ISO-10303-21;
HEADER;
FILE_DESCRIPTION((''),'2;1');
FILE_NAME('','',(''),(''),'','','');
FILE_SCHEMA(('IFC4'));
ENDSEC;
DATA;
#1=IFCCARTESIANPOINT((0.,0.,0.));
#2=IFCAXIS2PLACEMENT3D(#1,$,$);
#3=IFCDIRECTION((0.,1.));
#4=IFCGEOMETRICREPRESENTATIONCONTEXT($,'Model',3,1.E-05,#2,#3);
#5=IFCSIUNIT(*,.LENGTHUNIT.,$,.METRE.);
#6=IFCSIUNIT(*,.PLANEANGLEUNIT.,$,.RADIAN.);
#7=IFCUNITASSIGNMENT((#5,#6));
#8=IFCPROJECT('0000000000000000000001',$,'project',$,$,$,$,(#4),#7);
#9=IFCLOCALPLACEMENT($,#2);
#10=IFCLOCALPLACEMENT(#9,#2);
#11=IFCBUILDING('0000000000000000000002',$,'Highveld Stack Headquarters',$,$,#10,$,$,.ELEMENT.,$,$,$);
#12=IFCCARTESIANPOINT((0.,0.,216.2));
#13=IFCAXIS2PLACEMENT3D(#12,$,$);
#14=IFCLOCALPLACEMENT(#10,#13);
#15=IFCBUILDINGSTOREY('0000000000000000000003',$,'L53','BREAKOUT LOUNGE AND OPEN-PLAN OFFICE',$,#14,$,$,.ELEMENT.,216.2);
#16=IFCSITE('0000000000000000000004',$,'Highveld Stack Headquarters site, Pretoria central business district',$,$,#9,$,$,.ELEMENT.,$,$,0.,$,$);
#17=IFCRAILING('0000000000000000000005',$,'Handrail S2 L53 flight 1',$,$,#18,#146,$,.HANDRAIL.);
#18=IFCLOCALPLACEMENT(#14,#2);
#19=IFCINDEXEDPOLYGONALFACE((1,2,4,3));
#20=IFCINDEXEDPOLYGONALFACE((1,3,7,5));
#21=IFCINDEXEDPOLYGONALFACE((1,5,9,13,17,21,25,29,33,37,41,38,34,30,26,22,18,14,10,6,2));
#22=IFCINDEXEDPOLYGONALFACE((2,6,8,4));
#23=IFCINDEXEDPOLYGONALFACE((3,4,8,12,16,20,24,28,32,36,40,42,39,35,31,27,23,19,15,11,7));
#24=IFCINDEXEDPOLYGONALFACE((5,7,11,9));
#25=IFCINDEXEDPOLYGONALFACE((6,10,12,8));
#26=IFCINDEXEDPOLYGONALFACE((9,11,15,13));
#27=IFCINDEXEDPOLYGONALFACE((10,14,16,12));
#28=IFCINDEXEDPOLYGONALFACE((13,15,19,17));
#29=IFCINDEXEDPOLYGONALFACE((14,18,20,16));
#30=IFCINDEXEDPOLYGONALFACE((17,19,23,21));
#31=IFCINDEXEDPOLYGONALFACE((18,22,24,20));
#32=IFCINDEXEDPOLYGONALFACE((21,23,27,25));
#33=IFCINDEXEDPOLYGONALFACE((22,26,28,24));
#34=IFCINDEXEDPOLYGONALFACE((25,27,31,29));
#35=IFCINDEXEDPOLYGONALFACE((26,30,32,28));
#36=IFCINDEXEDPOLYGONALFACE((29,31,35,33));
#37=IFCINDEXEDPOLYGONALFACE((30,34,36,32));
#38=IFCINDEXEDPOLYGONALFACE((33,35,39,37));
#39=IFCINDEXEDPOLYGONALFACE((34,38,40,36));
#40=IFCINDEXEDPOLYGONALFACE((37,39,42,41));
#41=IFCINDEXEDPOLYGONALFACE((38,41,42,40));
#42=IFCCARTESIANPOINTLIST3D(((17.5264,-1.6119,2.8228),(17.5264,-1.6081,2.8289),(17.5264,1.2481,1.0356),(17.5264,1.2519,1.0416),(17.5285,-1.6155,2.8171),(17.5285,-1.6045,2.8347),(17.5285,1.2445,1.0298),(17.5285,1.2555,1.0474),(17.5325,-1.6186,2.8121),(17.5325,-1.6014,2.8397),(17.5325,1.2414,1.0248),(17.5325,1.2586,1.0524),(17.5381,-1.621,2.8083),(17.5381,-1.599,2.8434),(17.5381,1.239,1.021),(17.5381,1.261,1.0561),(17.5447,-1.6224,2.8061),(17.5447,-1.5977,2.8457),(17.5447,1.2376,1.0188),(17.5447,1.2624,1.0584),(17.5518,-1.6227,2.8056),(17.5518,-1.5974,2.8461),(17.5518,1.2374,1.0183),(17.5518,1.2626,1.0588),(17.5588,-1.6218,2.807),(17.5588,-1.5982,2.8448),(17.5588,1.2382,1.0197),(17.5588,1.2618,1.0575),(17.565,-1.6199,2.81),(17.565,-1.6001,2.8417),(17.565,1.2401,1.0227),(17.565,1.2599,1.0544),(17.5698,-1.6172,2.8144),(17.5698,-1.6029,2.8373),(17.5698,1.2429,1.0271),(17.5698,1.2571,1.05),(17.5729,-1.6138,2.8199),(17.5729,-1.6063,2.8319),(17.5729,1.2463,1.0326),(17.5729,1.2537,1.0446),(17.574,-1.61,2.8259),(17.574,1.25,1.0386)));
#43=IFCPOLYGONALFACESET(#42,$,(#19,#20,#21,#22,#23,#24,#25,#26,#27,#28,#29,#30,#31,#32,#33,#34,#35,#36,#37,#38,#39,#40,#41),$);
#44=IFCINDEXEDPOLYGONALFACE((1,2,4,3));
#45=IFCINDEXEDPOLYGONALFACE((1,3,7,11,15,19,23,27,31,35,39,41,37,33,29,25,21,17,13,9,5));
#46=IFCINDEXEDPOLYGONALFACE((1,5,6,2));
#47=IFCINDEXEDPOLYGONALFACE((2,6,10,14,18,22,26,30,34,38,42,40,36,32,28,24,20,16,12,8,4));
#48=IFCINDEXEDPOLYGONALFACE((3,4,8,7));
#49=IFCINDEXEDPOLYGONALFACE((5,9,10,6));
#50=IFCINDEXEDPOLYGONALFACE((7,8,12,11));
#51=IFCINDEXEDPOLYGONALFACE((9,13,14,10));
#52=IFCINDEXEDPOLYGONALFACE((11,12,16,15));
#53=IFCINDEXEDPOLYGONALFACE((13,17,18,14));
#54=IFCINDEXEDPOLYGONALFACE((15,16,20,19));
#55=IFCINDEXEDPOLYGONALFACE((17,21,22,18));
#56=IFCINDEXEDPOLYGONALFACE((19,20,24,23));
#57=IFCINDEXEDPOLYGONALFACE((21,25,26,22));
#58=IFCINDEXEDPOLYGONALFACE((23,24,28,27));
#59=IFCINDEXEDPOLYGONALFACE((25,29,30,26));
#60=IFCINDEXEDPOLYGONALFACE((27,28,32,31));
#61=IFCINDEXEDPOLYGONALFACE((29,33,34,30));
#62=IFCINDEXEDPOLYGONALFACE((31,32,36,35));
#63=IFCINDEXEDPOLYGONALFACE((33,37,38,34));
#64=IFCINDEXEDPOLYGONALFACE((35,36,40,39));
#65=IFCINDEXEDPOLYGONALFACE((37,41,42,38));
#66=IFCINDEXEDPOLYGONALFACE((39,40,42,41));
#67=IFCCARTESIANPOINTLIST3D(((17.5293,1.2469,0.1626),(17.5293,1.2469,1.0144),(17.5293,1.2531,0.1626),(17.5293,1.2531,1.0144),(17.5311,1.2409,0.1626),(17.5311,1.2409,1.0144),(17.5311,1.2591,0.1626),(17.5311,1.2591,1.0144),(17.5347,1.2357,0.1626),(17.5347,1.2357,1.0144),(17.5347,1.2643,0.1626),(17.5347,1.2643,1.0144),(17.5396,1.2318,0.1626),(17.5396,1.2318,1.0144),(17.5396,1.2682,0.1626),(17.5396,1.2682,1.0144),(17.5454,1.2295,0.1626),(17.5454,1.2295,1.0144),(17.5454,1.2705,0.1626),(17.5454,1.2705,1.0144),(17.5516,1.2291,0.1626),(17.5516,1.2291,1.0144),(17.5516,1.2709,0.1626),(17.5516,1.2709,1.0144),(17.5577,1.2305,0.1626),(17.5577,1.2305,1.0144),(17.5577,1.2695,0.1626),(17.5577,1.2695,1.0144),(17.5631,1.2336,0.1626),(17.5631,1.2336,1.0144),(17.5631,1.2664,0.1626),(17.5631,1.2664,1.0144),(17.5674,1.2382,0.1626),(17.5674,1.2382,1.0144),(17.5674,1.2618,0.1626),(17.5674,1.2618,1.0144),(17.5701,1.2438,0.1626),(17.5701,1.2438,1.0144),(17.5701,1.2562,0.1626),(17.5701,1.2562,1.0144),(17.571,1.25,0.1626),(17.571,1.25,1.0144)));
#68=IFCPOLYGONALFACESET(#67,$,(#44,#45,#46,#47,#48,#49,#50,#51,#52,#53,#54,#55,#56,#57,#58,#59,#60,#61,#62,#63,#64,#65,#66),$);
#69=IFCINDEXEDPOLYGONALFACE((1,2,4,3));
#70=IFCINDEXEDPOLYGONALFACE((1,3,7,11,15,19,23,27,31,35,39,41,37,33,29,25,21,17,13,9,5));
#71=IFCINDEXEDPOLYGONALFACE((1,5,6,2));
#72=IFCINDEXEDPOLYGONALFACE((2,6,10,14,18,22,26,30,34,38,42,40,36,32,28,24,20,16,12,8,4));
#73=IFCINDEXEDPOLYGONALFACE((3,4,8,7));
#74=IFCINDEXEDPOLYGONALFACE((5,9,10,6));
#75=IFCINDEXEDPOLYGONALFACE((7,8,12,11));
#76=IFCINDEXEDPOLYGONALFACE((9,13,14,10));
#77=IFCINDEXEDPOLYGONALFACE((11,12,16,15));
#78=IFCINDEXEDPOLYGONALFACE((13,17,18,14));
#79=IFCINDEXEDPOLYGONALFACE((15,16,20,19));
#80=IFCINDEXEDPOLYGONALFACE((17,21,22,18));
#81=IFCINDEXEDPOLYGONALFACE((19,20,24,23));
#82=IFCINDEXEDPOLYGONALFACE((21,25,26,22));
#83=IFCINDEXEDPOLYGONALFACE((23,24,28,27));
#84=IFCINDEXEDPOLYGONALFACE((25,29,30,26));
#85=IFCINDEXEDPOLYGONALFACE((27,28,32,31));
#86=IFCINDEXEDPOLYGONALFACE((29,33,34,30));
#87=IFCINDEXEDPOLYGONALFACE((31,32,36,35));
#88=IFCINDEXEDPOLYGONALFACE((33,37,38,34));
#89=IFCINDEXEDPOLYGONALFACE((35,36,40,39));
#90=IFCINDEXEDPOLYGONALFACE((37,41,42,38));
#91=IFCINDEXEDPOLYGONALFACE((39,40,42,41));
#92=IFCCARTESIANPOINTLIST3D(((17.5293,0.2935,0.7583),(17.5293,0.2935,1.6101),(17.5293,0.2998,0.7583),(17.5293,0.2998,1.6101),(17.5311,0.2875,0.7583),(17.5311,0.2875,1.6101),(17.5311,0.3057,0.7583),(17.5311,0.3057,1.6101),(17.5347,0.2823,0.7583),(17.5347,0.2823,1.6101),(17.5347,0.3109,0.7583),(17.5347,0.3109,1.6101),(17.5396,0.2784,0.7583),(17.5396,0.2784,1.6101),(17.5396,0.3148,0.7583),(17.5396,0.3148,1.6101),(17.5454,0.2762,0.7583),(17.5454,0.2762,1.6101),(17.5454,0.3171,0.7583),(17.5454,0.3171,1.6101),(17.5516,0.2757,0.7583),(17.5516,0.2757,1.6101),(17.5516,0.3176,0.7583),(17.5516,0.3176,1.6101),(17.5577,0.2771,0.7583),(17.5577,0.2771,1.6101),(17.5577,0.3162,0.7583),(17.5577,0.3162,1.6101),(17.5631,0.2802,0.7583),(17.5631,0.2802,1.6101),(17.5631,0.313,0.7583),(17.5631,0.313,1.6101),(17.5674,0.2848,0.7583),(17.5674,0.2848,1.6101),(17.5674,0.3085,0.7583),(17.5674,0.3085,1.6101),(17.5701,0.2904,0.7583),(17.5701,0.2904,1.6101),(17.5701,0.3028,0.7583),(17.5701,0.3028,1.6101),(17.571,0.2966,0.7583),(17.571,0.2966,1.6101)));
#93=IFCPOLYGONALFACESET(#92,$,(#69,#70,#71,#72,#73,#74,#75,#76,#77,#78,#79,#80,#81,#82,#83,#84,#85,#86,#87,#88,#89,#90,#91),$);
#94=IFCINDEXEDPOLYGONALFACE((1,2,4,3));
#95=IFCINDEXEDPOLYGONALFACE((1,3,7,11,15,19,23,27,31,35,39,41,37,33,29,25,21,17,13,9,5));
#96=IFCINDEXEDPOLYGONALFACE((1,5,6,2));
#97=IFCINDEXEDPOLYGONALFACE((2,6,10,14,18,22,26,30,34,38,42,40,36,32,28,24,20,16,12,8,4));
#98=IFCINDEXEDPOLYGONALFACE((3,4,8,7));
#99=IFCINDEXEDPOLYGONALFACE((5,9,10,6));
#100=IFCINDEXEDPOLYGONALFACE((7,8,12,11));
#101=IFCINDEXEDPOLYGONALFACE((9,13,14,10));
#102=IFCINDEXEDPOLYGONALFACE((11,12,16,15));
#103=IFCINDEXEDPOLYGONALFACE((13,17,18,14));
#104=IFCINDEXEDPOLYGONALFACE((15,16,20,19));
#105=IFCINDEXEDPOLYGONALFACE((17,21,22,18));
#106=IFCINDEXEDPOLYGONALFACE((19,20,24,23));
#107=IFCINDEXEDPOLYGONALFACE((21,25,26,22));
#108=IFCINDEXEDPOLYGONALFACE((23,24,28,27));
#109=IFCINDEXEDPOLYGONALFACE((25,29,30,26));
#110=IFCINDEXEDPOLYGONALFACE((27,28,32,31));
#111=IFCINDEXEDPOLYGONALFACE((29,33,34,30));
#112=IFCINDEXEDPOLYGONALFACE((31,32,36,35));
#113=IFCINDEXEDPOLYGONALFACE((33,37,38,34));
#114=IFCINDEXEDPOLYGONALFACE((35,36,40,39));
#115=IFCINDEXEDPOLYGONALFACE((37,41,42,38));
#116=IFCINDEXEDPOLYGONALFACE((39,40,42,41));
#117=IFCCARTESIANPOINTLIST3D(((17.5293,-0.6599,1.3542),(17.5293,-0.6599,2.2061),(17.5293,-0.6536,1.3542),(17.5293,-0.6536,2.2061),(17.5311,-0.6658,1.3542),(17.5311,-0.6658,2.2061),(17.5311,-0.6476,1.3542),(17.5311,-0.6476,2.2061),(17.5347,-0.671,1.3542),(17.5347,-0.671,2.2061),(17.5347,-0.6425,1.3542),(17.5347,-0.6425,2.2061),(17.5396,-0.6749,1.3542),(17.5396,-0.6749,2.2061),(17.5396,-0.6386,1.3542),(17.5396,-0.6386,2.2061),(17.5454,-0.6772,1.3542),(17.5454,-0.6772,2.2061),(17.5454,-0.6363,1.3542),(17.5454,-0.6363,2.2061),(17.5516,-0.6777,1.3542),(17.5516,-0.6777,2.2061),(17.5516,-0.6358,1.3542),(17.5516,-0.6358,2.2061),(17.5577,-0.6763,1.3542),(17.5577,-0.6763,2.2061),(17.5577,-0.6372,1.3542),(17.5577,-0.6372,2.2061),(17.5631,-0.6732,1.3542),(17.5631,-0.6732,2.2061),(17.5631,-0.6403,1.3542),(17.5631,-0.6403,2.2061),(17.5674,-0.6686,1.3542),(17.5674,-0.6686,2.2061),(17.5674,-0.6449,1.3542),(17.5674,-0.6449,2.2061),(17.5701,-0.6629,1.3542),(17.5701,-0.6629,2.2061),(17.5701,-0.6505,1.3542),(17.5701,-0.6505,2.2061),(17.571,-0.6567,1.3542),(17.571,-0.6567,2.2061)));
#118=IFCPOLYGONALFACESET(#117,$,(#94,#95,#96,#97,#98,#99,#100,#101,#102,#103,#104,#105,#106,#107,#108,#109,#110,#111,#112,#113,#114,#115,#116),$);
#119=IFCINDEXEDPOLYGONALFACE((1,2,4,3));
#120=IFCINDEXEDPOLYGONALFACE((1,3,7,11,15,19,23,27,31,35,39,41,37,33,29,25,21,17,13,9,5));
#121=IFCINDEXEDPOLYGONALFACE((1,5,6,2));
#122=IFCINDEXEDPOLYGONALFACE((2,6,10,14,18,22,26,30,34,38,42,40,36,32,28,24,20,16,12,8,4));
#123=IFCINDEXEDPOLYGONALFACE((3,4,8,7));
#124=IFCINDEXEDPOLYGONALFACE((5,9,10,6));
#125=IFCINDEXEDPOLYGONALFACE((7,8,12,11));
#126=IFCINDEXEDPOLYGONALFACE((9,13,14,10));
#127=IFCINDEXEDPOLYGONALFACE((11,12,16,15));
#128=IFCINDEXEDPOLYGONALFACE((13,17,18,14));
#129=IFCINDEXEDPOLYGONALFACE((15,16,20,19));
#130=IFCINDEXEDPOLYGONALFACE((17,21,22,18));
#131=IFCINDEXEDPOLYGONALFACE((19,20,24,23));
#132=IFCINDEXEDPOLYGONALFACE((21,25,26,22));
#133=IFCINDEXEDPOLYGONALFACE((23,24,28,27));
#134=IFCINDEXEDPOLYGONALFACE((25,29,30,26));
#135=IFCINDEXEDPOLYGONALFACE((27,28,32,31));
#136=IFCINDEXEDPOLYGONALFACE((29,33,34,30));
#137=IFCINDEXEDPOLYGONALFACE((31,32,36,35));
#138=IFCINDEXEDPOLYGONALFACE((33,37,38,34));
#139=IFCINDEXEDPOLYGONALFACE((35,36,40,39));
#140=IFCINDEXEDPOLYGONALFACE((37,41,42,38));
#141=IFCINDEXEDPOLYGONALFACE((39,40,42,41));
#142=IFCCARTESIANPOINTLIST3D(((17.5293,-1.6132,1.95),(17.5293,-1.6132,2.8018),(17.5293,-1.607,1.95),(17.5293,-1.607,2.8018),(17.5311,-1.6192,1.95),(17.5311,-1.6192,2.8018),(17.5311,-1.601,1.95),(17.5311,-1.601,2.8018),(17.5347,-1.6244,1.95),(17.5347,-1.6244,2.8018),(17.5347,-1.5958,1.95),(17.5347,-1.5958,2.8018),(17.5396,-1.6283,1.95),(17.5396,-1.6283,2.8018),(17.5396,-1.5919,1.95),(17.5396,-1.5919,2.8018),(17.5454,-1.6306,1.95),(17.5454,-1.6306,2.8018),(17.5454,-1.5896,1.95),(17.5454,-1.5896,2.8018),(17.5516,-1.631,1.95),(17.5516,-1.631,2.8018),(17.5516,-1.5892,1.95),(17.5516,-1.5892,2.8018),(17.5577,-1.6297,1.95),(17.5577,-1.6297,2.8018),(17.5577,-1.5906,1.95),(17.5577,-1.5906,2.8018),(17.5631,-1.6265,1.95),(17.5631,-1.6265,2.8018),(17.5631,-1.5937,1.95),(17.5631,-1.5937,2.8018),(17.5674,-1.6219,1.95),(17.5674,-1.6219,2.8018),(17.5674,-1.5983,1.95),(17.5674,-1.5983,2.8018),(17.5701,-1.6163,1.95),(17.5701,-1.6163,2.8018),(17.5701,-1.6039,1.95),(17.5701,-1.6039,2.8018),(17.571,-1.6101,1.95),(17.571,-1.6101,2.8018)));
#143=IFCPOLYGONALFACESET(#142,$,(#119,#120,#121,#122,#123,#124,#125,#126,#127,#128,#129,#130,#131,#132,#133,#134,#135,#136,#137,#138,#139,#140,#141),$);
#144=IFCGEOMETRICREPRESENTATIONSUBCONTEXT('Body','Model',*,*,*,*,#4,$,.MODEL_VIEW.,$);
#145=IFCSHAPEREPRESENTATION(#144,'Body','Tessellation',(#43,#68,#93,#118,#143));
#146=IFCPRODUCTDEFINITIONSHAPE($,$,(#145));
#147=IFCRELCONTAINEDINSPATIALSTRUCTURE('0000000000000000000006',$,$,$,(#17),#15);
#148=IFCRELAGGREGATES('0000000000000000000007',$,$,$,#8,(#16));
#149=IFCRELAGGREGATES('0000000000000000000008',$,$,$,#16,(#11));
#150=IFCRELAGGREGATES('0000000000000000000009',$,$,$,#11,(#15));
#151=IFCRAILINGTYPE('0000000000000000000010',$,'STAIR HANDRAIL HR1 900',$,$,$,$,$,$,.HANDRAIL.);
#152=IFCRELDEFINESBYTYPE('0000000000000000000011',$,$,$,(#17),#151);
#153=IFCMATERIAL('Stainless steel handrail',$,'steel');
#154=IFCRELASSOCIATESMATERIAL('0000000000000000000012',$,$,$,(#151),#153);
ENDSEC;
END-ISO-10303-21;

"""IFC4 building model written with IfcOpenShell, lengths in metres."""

from ifc_helpers import new_model, si_unit, direction, frame, origin, origin_2d, place, context, subcontext, project, spatial, circle, extrude, material, type_object, element, save


model = new_model("IFC4")

# Units and contexts
model_context = context("Model", 3, precision=1e-05, world=origin(), true_north=direction((0.0, 1.0)))
body_context = subcontext(model_context, "Body", "Model", "MODEL_VIEW")
ifc_project = project(units=[si_unit("LENGTHUNIT", "METRE"), si_unit("PLANEANGLEUNIT", "RADIAN")], contexts=[model_context])

# Site, building, storey
site_placement = place(None, origin())
site = spatial("IfcSite", under=ifc_project, at=site_placement, Name="Highveld Stack Headquarters site, Pretoria central business district", CompositionType="ELEMENT", RefElevation=0.0)
building_placement = place(site_placement, origin())
building = spatial("IfcBuilding", under=site, at=building_placement, Name="Highveld Stack Headquarters", CompositionType="ELEMENT")
storey_placement = place(building_placement, frame((0.0, 0.0, 216.2)))
storey = spatial("IfcBuildingStorey", under=building, at=storey_placement, Name="L53", Description="BREAKOUT LOUNGE AND OPEN-PLAN OFFICE", CompositionType="ELEMENT", Elevation=216.2)

# Railing
ifc_material_1 = material(Name="Stainless steel handrail", Category="steel")
railing_type = type_object("IfcRailingType", Name="STAIR HANDRAIL HR1 900", PredefinedType="HANDRAIL", material=ifc_material_1)
for number, where, name in (
    (1, (17.55, 1.25, 0.1626), "Handrail S2 L53 flight 1"),
):
    element("IfcRailing", number, at=place(storey_placement, frame(where)), inside=storey, type_object=railing_type, Name=name, PredefinedType="HANDRAIL", context=body_context, shape_type="SweptSolid", body=[
        extrude(circle(Radius=0.0239, at=origin_2d()), frame((0.0, 0.0, 0.876), z_axis=(0.0, -0.848027, 0.529953), x_axis=(1.0, 0.0, 0.0)), (0.0, 0.0, 1.0), 3.3726),
        extrude(circle(Radius=0.021, at=origin_2d()), origin(), (0.0, 0.0, 1.0), 0.8518),
        extrude(circle(Radius=0.021, at=origin_2d()), frame((0.0, -0.9534, 0.5957)), (0.0, 0.0, 1.0), 0.8518),
        extrude(circle(Radius=0.021, at=origin_2d()), frame((0.0, -1.9067, 1.1917)), (0.0, 0.0, 1.0), 0.8518),
        extrude(circle(Radius=0.021, at=origin_2d()), frame((0.0, -2.8601, 1.7874)), (0.0, 0.0, 1.0), 0.8518),
    ])

save(model, "model.ifc")
